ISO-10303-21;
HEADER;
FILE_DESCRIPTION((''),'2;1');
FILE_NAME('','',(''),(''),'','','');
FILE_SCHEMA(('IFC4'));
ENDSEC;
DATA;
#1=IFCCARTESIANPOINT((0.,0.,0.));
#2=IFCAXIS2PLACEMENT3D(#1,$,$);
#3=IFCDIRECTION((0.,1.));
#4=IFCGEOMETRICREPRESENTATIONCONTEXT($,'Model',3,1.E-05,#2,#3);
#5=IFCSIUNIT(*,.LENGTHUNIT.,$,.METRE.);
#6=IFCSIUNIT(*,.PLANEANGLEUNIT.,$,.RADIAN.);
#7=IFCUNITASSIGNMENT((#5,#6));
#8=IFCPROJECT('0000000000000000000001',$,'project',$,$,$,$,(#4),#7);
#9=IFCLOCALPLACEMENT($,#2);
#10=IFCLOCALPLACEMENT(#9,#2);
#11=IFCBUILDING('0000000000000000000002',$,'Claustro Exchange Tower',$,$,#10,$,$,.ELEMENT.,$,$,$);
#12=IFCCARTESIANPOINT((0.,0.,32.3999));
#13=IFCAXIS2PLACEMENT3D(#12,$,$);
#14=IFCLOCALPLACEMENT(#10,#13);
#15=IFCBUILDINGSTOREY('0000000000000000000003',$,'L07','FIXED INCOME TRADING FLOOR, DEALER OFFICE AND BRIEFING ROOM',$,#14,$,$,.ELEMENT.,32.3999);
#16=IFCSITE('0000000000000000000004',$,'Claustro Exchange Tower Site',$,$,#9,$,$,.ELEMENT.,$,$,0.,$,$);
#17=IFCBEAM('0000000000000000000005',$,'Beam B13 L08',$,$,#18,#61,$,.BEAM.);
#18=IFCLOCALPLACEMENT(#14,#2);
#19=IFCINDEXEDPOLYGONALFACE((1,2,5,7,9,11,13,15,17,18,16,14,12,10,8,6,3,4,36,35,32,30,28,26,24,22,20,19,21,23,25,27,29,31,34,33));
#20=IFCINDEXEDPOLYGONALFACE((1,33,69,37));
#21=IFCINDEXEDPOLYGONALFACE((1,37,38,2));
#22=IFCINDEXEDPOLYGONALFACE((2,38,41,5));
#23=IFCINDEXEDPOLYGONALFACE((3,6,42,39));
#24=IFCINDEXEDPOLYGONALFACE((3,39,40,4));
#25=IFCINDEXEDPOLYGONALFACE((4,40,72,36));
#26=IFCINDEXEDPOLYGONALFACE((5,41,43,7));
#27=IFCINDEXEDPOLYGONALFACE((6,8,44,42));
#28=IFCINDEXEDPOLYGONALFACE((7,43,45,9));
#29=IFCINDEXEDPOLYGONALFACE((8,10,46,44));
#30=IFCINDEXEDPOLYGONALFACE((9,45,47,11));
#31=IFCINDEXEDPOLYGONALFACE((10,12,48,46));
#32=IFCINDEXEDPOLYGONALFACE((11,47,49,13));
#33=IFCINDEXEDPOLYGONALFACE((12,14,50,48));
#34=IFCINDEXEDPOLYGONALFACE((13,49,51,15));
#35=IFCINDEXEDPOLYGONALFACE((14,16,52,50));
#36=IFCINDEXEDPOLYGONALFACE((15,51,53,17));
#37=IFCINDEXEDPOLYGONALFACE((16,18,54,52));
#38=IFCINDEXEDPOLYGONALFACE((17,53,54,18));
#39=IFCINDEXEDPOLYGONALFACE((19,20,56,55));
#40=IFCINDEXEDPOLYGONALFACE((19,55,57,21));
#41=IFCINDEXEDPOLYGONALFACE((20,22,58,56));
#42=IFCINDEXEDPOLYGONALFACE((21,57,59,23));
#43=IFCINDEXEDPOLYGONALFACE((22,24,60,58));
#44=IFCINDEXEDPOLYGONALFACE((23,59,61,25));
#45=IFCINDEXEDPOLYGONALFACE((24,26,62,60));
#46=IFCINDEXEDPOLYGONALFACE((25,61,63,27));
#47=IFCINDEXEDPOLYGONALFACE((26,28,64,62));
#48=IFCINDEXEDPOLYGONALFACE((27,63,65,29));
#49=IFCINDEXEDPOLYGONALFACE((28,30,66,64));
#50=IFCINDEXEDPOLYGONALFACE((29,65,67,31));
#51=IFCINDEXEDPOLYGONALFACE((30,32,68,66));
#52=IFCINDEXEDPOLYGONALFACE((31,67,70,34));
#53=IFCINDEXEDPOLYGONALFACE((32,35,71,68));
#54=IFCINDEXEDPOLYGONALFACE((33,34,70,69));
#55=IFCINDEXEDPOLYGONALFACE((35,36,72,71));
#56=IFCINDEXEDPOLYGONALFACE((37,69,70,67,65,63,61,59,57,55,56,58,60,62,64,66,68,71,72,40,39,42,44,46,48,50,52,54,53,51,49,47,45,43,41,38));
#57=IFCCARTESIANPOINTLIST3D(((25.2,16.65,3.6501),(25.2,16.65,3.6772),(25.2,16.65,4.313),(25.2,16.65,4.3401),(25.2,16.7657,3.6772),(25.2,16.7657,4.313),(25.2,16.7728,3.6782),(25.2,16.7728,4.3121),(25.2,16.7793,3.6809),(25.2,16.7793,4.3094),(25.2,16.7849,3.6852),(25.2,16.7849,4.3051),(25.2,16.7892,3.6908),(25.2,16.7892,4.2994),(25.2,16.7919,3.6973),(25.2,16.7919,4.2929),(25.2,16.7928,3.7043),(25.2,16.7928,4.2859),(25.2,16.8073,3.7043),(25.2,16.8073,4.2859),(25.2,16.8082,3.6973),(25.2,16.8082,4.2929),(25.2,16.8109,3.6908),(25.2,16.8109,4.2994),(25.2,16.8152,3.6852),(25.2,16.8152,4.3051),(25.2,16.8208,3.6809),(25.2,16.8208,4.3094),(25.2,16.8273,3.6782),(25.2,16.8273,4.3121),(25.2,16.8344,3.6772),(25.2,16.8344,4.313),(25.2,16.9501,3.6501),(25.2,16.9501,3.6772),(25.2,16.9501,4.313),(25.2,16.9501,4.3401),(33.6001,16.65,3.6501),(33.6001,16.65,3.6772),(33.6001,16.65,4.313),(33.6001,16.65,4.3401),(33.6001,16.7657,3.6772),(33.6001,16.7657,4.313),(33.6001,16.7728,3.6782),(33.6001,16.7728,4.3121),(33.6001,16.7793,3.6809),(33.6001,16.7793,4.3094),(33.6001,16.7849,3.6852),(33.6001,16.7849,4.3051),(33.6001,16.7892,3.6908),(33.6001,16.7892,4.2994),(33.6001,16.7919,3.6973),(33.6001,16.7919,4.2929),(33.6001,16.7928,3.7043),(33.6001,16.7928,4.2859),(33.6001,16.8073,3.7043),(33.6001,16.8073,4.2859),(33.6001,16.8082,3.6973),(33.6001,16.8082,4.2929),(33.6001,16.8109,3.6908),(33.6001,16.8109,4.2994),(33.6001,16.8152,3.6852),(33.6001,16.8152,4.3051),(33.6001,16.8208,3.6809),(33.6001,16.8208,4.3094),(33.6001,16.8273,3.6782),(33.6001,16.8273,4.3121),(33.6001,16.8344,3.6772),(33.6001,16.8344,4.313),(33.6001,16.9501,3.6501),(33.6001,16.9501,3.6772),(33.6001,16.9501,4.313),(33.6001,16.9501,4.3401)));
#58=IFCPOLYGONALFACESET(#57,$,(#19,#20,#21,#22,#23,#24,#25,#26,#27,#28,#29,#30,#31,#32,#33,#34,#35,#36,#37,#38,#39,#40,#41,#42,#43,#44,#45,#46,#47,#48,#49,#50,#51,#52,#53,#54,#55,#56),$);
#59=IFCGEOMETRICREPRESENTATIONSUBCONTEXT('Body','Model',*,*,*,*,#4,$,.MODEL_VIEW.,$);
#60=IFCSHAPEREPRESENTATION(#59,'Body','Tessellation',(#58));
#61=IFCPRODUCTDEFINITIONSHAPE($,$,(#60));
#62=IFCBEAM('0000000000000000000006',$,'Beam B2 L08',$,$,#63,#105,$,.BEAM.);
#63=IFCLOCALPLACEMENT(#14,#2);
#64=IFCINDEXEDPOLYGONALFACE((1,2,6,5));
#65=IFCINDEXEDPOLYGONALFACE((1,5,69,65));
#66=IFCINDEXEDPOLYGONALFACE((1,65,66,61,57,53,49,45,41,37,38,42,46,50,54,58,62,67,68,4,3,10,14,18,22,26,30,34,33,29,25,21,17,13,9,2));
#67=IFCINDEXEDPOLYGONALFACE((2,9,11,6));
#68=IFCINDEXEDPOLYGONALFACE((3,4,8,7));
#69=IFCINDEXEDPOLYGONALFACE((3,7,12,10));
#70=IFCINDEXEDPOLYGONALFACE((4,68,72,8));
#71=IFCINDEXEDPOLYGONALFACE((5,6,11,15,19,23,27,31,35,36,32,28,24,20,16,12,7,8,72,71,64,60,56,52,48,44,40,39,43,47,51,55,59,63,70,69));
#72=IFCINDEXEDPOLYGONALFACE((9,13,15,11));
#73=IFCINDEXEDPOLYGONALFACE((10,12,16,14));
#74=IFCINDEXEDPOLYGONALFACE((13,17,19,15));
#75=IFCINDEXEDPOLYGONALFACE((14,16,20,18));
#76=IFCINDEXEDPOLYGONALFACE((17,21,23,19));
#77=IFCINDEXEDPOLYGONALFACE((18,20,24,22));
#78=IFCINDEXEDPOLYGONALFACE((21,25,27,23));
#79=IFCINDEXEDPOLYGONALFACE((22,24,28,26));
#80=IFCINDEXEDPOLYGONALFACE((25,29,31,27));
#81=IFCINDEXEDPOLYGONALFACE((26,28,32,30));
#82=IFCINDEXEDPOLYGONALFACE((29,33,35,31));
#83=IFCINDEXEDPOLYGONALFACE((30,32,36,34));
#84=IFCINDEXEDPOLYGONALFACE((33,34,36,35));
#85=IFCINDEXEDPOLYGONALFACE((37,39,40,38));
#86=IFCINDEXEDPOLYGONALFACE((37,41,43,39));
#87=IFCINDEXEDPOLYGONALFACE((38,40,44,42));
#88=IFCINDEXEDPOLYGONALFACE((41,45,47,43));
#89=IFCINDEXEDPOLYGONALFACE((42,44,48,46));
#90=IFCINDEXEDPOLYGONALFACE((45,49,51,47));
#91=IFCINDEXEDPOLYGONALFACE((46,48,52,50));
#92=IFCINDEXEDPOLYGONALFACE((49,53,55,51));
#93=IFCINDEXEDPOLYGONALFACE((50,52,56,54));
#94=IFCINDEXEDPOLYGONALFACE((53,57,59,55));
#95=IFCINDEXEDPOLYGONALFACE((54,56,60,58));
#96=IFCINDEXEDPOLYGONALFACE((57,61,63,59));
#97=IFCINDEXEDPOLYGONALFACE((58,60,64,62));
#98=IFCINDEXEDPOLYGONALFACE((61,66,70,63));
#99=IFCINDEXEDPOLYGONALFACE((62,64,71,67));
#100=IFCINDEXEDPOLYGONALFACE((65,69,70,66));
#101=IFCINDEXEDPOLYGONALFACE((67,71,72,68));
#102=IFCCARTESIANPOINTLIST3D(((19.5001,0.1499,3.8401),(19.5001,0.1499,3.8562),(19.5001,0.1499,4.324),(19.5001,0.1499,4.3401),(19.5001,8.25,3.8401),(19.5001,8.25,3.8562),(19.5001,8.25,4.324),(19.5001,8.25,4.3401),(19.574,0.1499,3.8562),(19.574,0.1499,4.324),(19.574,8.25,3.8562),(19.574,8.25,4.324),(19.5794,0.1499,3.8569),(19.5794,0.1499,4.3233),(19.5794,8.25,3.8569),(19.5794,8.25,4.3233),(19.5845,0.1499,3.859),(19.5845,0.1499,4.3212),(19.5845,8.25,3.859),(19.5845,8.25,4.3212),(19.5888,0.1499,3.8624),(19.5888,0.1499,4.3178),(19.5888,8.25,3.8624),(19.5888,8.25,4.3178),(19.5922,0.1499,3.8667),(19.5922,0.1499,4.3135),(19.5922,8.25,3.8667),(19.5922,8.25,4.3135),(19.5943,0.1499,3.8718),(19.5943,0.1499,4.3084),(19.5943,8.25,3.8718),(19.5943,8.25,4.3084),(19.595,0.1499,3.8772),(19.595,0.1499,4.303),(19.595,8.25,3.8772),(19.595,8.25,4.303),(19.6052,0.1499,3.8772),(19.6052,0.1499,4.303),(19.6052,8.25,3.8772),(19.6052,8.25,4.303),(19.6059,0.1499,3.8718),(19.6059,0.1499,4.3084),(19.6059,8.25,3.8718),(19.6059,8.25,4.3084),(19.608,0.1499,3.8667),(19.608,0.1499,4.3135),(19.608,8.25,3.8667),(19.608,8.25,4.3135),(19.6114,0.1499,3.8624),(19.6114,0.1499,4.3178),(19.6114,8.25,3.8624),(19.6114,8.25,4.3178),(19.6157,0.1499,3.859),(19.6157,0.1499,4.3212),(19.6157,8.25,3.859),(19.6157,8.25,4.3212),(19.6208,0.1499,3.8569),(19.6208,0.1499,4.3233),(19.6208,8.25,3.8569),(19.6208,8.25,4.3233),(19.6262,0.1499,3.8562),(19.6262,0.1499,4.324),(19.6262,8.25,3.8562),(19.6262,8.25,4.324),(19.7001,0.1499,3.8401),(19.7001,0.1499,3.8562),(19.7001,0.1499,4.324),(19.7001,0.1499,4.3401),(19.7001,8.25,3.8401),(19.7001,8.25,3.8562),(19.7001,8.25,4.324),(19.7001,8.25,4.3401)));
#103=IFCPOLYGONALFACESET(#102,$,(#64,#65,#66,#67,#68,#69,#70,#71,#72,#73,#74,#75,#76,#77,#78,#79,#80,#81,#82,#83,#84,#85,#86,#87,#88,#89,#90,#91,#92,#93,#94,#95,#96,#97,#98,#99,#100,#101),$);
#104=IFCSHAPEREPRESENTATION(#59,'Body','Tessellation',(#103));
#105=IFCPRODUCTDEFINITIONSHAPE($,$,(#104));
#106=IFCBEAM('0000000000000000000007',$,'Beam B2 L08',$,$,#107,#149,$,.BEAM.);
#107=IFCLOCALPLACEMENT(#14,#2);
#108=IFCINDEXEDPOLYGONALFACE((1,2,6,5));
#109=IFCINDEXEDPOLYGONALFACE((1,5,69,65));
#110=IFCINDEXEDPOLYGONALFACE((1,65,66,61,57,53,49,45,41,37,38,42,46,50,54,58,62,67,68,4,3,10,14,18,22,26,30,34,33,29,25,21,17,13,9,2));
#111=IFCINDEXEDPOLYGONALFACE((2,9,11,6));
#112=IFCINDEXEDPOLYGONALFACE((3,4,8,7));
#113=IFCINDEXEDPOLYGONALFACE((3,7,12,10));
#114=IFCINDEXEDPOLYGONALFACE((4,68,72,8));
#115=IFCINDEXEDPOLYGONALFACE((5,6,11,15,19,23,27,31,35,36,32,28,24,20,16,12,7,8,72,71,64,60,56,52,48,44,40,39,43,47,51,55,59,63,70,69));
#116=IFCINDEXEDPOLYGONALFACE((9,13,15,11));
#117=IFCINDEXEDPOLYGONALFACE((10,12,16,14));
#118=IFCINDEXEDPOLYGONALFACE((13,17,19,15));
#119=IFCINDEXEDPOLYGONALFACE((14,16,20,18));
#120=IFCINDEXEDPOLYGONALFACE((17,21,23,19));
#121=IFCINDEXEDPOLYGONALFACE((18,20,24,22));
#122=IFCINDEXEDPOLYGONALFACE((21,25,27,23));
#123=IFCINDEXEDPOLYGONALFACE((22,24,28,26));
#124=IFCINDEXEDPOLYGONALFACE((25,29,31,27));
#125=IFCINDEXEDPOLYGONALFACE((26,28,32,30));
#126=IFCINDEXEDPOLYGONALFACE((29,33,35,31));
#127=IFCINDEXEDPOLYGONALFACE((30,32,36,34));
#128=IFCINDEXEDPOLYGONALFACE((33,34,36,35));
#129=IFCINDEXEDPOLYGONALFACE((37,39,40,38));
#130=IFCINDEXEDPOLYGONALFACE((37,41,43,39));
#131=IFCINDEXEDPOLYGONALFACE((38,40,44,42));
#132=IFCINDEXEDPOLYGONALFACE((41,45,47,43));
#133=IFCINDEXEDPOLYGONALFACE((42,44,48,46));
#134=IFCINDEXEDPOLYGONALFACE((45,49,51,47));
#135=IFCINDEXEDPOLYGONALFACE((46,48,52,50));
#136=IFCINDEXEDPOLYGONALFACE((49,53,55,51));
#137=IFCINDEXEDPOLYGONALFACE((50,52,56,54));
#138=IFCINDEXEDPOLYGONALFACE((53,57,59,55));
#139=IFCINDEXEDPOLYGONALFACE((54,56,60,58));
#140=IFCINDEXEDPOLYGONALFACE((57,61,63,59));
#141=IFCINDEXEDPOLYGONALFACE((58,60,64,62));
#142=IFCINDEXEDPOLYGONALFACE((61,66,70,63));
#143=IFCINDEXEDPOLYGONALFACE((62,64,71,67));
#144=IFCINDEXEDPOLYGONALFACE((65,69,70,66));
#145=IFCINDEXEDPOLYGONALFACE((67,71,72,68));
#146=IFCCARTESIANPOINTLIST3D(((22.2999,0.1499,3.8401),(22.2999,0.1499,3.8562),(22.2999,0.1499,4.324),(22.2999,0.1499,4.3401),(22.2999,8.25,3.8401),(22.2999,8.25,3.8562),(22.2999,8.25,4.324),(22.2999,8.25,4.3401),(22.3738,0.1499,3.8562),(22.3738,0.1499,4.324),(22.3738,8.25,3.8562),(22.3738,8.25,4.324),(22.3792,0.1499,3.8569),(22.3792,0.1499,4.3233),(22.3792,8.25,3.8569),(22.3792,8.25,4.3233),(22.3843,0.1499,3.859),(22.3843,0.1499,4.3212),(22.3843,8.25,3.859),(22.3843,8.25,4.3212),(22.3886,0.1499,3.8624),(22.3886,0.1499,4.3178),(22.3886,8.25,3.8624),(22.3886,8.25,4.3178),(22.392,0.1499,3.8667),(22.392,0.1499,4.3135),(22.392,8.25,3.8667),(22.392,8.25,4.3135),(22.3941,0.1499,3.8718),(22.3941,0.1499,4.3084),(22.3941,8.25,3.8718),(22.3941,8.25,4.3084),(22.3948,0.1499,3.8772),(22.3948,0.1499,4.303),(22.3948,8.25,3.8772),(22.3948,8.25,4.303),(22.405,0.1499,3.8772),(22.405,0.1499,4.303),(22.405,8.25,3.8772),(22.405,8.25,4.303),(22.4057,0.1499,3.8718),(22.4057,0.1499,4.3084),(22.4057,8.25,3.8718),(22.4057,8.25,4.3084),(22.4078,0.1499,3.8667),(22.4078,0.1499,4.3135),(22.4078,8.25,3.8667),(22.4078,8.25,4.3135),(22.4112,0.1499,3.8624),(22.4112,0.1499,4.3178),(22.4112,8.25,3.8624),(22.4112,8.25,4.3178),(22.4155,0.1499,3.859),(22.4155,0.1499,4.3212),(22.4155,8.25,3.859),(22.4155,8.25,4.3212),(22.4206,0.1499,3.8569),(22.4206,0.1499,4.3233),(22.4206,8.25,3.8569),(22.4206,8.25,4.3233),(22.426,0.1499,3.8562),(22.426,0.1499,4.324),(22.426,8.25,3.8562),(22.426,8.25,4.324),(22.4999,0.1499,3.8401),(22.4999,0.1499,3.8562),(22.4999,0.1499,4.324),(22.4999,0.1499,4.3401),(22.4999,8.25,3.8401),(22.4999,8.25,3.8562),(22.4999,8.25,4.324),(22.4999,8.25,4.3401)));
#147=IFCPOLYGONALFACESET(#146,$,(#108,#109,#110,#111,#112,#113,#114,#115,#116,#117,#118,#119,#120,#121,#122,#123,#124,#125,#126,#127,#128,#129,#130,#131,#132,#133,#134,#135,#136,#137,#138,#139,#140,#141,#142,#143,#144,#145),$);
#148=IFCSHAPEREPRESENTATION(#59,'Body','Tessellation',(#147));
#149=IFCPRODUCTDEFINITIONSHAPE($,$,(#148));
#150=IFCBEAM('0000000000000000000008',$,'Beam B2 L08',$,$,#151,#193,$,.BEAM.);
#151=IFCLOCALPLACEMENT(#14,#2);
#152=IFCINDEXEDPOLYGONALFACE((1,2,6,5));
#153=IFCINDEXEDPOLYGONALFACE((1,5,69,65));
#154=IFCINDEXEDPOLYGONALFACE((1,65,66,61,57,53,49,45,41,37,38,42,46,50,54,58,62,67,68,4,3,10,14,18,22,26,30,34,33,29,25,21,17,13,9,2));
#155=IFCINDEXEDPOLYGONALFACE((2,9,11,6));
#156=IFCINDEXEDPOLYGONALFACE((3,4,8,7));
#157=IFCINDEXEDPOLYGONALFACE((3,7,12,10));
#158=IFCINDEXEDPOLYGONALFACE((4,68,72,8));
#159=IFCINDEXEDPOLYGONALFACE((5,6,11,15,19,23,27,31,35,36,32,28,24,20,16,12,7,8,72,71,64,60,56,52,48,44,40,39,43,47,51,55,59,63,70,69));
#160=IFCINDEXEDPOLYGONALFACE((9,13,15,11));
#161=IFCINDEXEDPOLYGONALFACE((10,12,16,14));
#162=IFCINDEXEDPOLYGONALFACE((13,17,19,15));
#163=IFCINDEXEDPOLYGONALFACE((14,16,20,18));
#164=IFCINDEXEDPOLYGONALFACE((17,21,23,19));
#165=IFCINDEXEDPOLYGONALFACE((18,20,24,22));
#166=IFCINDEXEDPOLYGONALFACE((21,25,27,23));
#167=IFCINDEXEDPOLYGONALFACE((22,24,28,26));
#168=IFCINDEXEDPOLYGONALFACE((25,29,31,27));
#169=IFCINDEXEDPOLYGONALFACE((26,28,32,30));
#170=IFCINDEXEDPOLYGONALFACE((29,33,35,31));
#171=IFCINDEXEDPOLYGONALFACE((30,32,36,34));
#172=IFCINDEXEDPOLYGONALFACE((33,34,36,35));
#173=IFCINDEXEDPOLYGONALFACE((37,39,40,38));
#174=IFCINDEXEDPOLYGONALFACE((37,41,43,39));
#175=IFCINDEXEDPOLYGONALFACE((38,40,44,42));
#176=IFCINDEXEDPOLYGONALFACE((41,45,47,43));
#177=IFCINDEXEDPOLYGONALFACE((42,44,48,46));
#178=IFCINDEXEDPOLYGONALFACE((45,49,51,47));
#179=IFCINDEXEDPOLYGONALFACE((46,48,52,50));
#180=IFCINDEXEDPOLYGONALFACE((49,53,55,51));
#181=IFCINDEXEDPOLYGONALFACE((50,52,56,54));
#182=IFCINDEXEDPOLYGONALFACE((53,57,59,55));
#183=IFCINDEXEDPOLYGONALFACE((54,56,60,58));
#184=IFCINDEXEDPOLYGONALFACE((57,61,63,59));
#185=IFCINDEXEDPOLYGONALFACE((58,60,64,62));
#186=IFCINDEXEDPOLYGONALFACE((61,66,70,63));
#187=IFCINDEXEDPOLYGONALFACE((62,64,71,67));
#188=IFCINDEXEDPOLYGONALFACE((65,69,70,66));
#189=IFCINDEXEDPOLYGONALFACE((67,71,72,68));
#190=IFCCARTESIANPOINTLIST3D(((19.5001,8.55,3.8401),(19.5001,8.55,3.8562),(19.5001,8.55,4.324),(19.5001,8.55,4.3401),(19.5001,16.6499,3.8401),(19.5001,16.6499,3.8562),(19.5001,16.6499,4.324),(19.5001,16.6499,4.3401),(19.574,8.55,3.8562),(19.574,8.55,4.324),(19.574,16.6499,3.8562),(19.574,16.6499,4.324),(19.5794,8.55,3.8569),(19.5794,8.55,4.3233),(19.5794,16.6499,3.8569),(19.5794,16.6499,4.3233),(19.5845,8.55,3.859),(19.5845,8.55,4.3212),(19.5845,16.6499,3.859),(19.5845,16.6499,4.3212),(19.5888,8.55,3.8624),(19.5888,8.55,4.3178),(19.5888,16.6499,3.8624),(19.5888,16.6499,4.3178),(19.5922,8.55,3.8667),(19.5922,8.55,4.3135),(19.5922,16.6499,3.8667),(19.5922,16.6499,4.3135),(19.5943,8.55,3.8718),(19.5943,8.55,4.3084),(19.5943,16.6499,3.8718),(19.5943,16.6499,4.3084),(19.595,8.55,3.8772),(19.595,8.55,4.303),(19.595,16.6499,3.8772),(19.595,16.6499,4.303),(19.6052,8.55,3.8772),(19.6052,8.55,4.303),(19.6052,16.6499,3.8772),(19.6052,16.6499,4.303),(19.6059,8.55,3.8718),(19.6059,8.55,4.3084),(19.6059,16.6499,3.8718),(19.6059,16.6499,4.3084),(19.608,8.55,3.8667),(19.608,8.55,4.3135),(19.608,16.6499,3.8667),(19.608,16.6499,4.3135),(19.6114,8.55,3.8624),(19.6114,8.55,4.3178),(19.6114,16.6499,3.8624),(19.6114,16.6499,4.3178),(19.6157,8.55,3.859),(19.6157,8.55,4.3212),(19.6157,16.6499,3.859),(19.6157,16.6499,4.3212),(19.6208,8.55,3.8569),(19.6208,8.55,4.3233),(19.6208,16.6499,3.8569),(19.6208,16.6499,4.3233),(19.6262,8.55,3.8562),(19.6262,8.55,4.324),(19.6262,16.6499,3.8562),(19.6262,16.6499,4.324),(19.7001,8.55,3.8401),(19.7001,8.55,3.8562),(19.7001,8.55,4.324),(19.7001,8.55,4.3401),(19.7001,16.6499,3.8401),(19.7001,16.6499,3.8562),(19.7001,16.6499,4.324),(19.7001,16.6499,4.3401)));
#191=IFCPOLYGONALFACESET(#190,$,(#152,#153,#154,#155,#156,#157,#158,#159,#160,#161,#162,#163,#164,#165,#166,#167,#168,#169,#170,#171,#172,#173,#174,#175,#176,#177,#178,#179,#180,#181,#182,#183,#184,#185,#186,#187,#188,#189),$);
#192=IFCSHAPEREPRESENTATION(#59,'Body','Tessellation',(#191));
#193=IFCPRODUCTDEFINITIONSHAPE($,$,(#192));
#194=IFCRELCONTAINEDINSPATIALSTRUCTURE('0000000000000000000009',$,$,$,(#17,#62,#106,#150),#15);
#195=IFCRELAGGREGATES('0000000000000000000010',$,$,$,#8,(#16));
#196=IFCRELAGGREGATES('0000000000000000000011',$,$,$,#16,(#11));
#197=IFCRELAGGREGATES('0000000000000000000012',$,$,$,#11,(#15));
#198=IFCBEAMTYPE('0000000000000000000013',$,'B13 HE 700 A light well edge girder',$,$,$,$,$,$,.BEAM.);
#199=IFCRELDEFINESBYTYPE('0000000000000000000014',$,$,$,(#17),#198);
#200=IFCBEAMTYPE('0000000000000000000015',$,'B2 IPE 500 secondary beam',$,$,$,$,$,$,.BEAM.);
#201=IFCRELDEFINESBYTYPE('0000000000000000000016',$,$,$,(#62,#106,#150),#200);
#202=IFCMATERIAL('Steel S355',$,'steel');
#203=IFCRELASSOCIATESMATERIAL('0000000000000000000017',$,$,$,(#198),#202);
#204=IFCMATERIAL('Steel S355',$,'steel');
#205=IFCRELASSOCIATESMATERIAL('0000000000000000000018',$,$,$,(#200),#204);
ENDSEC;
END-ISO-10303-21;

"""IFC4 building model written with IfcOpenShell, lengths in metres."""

from ifc_helpers import new_model, si_unit, direction, frame, origin, origin_2d, place, context, subcontext, project, spatial, i_section, extrude, material, material_profile, profile_set, type_object, element, save


model = new_model("IFC4")

# Units and contexts
model_context = context("Model", 3, precision=1e-05, world=origin(), true_north=direction((0.0, 1.0)))
body_context = subcontext(model_context, "Body", "Model", "MODEL_VIEW")
ifc_project = project(units=[si_unit("LENGTHUNIT", "METRE"), si_unit("PLANEANGLEUNIT", "RADIAN")], contexts=[model_context])

# Site, building, storey
site_placement = place(None, origin())
site = spatial("IfcSite", under=ifc_project, at=site_placement, Name="Claustro Exchange Tower Site", CompositionType="ELEMENT", RefElevation=0.0)
building_placement = place(site_placement, origin())
building = spatial("IfcBuilding", under=site, at=building_placement, Name="Claustro Exchange Tower", CompositionType="ELEMENT")
storey_placement = place(building_placement, frame((0.0, 0.0, 32.3999)))
storey = spatial("IfcBuildingStorey", under=building, at=storey_placement, Name="L07", Description="FIXED INCOME TRADING FLOOR, DEALER OFFICE AND BRIEFING ROOM", CompositionType="ELEMENT", Elevation=32.3999)

# Beams
ifc_material_1 = material(Name="Steel S355", Category="steel")
ifc_material_profile_1 = material_profile(ifc_material_1, i_section(OverallWidth=0.3, OverallDepth=0.6899, WebThickness=0.0144, FlangeThickness=0.0271, FilletRadius=0.0271, at=origin_2d()), Name="HE 700 A")
ifc_profile_set_1 = profile_set([ifc_material_profile_1], Name="Steel S355")
beam_type_1 = type_object("IfcBeamType", Name="B13 HE 700 A light well edge girder", PredefinedType="BEAM", material=ifc_profile_set_1)
beam_1_placement = place(storey_placement, frame((25.2, 16.8, 3.9951), z_axis=(1.0, 0.0, 0.0), x_axis=(0.0, 1.0, 0.0)))
element("IfcBeam", 1, at=beam_1_placement, inside=storey, type_object=beam_type_1, Name="Beam B13 L08", PredefinedType="BEAM", context=body_context, shape_type="SweptSolid", body=[
    extrude(i_section(OverallWidth=0.3, OverallDepth=0.6899, WebThickness=0.0144, FlangeThickness=0.0271, FilletRadius=0.0271, at=origin_2d()), origin(), (0.0, 0.0, 1.0), 8.4001),
])
ifc_material_2 = material(Name="Steel S355", Category="steel")
ifc_material_profile_2 = material_profile(ifc_material_2, i_section(OverallWidth=0.2, OverallDepth=0.5, WebThickness=0.0103, FlangeThickness=0.0161, FilletRadius=0.021, at=origin_2d()), Name="IPE 500")
ifc_profile_set_2 = profile_set([ifc_material_profile_2], Name="Steel S355")
beam_type_2 = type_object("IfcBeamType", Name="B2 IPE 500 secondary beam", PredefinedType="BEAM", material=ifc_profile_set_2)
for number, where, z_axis, x_axis, name in (
    (2, (19.6001, 0.1499, 4.0901), (0.0, 1.0, 0.0), (-1.0, 0.0, 0.0), "Beam B2 L08"),
    (3, (22.3999, 0.1499, 4.0901), (0.0, 1.0, 0.0), (-1.0, 0.0, 0.0), "Beam B2 L08"),
):
    element("IfcBeam", number, at=place(storey_placement, frame(where, z_axis=z_axis, x_axis=x_axis)), inside=storey, type_object=beam_type_2, Name=name, PredefinedType="BEAM", context=body_context, shape_type="SweptSolid", body=[
        extrude(i_section(OverallWidth=0.2, OverallDepth=0.5, WebThickness=0.0103, FlangeThickness=0.0161, FilletRadius=0.021, at=origin_2d()), origin(), (0.0, 0.0, 1.0), 8.1001),
    ])
for number, where, z_axis, x_axis, name in (
    (4, (19.6001, 8.55, 4.0901), (0.0, 1.0, 0.0), (-1.0, 0.0, 0.0), "Beam B2 L08"),
):
    element("IfcBeam", number, at=place(storey_placement, frame(where, z_axis=z_axis, x_axis=x_axis)), inside=storey, type_object=beam_type_2, Name=name, PredefinedType="BEAM", context=body_context, shape_type="SweptSolid", body=[
        extrude(i_section(OverallWidth=0.2, OverallDepth=0.5, WebThickness=0.0103, FlangeThickness=0.0161, FilletRadius=0.021, at=origin_2d()), origin(), (0.0, 0.0, 1.0), 8.0999),
    ])

save(model, "model.ifc")
